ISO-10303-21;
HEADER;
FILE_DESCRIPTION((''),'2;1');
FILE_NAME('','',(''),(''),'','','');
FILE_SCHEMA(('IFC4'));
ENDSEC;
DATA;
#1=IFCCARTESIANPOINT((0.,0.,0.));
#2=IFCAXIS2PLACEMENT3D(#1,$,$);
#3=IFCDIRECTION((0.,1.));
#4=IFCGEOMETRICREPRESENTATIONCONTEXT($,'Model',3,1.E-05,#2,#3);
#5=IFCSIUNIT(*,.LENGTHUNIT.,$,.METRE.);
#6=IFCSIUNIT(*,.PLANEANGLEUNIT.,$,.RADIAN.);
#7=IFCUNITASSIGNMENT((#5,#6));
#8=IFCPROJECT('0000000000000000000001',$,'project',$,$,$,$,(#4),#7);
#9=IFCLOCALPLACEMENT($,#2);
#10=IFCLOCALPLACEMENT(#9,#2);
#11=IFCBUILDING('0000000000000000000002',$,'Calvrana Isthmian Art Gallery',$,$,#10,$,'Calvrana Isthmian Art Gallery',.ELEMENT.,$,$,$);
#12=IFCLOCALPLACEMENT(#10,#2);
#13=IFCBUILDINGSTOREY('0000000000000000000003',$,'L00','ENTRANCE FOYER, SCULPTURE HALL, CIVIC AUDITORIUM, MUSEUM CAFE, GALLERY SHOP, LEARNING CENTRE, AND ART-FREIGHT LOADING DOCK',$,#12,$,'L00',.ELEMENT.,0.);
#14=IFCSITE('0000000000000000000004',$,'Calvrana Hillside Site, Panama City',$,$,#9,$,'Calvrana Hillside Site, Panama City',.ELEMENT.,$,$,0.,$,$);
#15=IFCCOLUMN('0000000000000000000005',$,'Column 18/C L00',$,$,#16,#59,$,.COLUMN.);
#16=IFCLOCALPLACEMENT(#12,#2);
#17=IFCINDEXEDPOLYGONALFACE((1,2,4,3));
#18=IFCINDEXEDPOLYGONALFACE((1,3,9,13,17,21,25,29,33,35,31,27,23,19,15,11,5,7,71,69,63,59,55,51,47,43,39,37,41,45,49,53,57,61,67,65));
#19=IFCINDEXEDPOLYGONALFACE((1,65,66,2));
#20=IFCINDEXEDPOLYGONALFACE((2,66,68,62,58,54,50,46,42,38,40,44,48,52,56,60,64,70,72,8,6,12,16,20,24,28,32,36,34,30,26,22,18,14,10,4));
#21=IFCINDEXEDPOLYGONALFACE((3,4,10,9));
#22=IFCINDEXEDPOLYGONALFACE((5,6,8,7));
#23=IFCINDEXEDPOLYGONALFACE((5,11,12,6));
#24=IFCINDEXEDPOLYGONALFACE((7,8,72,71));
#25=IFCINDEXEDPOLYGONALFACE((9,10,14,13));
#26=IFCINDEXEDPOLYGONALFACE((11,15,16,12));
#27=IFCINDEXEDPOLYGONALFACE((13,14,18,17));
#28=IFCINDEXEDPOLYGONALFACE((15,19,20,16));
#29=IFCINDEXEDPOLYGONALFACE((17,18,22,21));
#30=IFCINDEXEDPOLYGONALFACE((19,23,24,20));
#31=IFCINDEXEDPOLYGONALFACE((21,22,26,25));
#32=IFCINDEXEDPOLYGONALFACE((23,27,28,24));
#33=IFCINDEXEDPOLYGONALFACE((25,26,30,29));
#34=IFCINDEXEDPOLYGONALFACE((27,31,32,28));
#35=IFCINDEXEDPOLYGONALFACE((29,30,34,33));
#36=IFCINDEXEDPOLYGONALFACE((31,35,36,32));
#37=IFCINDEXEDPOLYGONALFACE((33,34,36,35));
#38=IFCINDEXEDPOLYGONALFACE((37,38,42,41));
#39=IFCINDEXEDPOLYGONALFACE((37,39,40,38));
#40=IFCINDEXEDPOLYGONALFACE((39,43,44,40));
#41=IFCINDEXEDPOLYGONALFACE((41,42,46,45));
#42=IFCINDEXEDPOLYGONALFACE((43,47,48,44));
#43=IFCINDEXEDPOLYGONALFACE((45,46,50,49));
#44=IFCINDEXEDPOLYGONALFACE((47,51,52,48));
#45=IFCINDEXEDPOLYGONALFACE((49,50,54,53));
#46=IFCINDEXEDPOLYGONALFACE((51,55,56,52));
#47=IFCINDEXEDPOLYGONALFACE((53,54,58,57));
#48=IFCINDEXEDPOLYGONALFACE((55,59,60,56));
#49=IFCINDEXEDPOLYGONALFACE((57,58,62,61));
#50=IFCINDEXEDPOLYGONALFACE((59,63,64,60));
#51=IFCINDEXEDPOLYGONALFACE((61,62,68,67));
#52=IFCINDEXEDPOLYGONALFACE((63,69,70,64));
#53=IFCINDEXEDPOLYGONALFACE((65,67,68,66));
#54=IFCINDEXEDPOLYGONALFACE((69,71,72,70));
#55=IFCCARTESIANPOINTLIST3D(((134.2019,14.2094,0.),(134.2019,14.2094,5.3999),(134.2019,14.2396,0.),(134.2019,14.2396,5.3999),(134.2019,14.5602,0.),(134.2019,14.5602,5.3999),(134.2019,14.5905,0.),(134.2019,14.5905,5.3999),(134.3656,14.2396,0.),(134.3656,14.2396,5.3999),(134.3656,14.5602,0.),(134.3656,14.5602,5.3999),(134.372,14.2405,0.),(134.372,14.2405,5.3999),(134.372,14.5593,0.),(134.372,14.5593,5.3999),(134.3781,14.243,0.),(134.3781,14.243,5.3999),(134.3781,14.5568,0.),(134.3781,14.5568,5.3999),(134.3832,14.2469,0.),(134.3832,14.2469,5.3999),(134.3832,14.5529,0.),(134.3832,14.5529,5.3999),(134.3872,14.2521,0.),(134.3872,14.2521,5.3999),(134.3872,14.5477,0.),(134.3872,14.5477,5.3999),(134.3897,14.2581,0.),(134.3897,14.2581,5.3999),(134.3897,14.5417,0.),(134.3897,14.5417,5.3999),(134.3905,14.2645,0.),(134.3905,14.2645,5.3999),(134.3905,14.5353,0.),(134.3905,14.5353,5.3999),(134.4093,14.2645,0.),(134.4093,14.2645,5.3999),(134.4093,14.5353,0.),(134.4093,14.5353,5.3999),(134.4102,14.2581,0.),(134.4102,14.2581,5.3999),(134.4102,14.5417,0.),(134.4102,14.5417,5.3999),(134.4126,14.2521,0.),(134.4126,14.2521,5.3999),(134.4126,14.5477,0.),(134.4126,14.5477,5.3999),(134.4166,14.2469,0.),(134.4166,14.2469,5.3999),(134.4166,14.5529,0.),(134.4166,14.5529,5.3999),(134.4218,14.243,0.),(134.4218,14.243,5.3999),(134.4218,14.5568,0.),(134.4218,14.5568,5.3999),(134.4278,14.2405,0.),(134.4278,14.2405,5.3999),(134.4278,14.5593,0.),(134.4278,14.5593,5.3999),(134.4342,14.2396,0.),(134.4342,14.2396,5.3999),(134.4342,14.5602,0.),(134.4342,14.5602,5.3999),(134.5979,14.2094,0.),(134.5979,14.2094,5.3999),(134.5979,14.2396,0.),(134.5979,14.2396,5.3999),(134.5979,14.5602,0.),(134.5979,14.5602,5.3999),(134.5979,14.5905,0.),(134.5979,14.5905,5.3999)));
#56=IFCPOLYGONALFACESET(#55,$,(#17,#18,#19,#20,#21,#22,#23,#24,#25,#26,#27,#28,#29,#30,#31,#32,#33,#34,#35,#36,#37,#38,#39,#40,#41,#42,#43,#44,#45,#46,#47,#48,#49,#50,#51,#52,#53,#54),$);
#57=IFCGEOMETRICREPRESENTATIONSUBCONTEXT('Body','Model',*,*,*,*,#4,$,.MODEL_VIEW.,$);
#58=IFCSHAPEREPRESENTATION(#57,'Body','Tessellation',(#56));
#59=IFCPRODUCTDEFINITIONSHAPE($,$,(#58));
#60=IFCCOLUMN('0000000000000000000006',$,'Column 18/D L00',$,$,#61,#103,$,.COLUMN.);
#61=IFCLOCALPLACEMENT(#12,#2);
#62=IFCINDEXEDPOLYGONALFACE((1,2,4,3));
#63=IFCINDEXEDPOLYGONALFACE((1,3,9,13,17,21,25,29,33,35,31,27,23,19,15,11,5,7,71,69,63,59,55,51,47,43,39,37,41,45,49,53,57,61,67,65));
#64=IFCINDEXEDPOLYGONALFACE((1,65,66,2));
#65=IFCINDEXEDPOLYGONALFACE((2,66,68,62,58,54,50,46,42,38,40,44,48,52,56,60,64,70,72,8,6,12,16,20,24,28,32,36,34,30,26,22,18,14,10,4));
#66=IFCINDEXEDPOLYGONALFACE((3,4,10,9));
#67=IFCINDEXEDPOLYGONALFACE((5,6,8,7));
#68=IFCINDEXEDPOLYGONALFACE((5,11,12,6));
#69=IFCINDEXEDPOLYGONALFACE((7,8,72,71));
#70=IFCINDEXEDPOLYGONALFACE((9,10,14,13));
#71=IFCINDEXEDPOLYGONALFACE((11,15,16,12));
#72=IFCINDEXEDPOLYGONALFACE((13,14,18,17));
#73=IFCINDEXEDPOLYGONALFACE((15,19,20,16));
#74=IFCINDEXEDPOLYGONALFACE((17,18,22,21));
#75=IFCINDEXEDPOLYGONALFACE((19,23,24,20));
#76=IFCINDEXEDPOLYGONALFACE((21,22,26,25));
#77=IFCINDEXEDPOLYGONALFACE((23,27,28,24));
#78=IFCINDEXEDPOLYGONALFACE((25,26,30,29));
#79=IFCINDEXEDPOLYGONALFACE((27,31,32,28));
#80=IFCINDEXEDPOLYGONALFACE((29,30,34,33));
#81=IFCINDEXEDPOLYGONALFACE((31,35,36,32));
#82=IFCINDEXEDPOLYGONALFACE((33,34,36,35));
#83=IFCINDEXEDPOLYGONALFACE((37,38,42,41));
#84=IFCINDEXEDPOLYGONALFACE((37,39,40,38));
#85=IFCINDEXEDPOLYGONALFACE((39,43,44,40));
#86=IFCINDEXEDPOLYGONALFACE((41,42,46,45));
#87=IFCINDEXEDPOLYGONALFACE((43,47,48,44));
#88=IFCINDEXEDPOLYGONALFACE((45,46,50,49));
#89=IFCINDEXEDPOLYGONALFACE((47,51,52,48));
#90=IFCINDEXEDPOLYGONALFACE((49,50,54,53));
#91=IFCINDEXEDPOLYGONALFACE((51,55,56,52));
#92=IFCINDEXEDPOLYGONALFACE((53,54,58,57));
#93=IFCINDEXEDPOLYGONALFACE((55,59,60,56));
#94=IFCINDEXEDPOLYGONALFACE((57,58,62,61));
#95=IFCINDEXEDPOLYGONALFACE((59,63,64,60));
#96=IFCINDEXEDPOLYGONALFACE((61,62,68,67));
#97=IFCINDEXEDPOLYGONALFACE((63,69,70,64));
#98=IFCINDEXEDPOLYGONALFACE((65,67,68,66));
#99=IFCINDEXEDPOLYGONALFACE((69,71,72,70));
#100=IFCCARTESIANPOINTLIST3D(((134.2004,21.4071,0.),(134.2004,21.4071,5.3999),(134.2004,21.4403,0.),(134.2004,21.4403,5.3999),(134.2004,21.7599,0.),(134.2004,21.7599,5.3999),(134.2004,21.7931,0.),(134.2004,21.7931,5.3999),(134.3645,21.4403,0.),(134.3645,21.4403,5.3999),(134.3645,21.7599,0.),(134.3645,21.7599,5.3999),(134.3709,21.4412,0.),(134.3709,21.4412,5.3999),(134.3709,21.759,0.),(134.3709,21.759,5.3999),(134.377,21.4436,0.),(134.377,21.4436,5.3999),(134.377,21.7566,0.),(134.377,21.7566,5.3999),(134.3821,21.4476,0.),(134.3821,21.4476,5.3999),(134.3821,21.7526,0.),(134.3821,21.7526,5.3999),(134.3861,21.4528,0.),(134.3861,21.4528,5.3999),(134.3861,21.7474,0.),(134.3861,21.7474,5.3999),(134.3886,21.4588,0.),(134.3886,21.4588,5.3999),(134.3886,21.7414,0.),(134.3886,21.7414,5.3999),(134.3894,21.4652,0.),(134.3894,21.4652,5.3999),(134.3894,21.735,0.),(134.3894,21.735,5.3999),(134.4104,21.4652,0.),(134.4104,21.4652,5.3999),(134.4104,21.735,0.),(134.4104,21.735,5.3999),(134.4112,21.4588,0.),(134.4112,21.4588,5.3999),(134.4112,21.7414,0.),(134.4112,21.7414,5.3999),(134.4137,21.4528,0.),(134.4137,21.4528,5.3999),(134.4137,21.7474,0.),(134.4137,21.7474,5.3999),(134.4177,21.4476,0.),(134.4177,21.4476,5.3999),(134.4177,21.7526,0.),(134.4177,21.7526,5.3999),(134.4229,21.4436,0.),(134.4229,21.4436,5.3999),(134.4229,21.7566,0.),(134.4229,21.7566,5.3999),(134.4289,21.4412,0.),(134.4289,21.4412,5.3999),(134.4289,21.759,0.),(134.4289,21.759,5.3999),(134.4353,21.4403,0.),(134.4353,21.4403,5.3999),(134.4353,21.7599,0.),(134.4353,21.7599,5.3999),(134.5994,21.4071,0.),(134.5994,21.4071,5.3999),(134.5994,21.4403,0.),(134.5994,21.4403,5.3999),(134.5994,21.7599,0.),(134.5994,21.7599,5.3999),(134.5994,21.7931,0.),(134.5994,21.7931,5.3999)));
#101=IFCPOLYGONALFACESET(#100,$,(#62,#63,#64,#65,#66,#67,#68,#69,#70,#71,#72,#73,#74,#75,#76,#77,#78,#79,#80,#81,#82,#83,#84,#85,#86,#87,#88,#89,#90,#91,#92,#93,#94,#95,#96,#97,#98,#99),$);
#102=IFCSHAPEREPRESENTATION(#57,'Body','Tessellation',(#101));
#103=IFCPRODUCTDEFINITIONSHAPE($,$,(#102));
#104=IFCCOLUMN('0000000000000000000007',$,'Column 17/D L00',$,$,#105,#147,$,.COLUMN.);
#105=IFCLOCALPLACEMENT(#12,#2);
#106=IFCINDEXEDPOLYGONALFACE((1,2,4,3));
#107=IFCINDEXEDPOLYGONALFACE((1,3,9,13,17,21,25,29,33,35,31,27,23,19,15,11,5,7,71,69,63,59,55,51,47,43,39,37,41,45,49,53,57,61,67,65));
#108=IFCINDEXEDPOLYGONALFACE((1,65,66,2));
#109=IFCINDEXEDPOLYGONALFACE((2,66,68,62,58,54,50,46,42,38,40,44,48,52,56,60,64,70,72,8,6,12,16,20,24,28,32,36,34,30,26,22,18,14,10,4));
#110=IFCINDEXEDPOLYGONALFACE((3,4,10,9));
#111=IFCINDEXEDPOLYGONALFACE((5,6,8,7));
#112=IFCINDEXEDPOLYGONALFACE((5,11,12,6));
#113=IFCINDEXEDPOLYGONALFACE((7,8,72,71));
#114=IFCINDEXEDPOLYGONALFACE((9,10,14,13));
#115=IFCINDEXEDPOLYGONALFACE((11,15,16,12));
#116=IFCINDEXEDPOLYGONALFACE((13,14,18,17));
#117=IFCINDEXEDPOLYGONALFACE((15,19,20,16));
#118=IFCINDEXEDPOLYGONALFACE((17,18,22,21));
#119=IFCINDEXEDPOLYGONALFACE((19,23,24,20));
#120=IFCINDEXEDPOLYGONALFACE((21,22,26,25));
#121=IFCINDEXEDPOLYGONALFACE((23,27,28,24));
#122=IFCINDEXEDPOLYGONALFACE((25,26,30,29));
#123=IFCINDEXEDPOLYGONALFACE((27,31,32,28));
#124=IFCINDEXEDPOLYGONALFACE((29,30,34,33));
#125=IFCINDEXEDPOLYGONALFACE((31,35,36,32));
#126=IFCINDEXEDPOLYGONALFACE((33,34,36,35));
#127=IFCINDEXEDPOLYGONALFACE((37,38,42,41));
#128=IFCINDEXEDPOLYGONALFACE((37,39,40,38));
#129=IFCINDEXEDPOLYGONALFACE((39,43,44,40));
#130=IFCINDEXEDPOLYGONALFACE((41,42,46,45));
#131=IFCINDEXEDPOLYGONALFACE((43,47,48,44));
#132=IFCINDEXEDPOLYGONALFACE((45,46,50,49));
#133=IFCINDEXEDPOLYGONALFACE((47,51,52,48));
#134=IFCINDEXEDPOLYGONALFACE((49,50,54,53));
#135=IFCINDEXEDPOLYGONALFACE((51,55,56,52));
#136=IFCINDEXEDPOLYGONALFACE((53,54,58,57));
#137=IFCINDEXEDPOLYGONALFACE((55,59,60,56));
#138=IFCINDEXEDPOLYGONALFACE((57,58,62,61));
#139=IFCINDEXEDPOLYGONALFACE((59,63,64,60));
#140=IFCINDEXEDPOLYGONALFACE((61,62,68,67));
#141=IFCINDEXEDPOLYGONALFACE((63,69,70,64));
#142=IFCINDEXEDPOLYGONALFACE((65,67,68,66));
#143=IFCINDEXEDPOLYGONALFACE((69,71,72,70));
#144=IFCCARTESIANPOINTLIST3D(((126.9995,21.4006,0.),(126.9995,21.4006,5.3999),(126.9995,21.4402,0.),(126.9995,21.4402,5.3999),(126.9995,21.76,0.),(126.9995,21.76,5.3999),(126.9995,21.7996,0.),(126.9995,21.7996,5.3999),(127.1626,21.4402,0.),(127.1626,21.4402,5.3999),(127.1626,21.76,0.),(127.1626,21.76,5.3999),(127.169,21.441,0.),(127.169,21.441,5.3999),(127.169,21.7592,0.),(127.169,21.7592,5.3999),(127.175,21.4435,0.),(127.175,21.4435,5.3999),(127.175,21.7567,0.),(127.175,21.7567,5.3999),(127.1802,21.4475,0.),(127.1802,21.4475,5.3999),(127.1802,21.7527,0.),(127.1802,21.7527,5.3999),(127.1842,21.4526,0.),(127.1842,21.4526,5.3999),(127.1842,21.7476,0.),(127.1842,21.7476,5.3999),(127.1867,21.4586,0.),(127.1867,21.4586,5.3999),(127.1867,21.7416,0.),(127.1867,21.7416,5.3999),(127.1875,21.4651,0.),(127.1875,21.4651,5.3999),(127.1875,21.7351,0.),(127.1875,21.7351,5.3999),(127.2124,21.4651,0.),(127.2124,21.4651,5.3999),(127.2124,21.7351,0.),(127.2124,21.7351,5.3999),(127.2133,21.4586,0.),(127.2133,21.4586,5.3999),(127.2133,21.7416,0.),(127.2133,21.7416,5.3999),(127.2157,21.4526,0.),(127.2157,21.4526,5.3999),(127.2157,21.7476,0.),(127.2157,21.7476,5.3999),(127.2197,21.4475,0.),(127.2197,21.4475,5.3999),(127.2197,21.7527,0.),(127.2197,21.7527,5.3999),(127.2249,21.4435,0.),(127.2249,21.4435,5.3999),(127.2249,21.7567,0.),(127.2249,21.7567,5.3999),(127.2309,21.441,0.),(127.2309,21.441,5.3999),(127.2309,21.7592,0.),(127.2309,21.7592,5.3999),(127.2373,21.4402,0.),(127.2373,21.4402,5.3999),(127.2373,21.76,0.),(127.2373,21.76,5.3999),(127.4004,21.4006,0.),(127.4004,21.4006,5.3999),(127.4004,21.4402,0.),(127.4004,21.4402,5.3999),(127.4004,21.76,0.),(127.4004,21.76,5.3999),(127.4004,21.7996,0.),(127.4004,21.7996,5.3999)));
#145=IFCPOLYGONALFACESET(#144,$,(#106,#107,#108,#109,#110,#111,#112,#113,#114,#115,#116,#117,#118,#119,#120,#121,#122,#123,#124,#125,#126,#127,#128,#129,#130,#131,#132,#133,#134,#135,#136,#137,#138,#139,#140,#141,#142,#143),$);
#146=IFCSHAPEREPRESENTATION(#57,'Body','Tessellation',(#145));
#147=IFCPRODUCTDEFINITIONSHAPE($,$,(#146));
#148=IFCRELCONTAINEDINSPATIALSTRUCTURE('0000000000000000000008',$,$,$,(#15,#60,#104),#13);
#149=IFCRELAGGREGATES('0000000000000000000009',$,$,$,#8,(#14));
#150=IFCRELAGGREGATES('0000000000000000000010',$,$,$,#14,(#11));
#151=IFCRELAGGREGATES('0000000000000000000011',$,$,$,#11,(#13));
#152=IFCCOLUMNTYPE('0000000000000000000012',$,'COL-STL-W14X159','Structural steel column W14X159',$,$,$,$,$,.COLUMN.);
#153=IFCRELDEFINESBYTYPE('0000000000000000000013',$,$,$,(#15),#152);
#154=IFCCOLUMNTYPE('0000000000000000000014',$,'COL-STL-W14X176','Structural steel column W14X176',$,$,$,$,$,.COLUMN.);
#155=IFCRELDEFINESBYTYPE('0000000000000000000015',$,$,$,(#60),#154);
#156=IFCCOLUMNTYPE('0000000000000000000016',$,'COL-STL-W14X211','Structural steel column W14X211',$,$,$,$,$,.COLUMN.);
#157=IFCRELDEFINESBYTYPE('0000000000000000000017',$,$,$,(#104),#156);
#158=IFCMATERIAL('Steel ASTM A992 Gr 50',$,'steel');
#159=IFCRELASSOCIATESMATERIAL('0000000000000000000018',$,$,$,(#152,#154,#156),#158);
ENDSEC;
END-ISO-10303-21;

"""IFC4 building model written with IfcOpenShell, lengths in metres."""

from ifc_helpers import new_model, si_unit, direction, frame, origin, origin_2d, place, context, subcontext, project, spatial, i_section, extrude, material, material_profile, profile_set, type_object, element, save


model = new_model("IFC4")

# Units and contexts
model_context = context("Model", 3, precision=1e-05, world=origin(), true_north=direction((0.0, 1.0)))
body_context = subcontext(model_context, "Body", "Model", "MODEL_VIEW")
ifc_project = project(units=[si_unit("LENGTHUNIT", "METRE"), si_unit("PLANEANGLEUNIT", "RADIAN")], contexts=[model_context])

# Site, building, storey
site_placement = place(None, origin())
site = spatial("IfcSite", under=ifc_project, at=site_placement, Name="Calvrana Hillside Site, Panama City", LongName="Calvrana Hillside Site, Panama City", CompositionType="ELEMENT", RefElevation=0.0)
building_placement = place(site_placement, origin())
building = spatial("IfcBuilding", under=site, at=building_placement, Name="Calvrana Isthmian Art Gallery", LongName="Calvrana Isthmian Art Gallery", CompositionType="ELEMENT")
storey_placement = place(building_placement, origin())
storey = spatial("IfcBuildingStorey", under=building, at=storey_placement, Name="L00", Description="ENTRANCE FOYER, SCULPTURE HALL, CIVIC AUDITORIUM, MUSEUM CAFE, GALLERY SHOP, LEARNING CENTRE, AND ART-FREIGHT LOADING DOCK", LongName="L00", CompositionType="ELEMENT", Elevation=0.0)

# Columns
ifc_material_1 = material(Name="Steel ASTM A992 Gr 50", Category="steel")
ifc_material_profile_1 = material_profile(ifc_material_1, i_section(OverallWidth=0.396, OverallDepth=0.3811, WebThickness=0.0188, FlangeThickness=0.0303, FilletRadius=0.0249, at=origin_2d()), Name="W14X159")
ifc_profile_set_1 = profile_set([ifc_material_profile_1], Name="Steel ASTM A992 Gr 50")
column_type_1 = type_object("IfcColumnType", Name="COL-STL-W14X159", Description="Structural steel column W14X159", PredefinedType="COLUMN", material=ifc_profile_set_1)
column_1_placement = place(storey_placement, frame((134.3999, 14.3999, 0.0), z_axis=(0.0, 0.0, 1.0), x_axis=(1.0, 0.0, 0.0)))
element("IfcColumn", 1, at=column_1_placement, inside=storey, type_object=column_type_1, Name="Column 18/C L00", PredefinedType="COLUMN", context=body_context, shape_type="SweptSolid", body=[
    extrude(i_section(OverallWidth=0.396, OverallDepth=0.3811, WebThickness=0.0188, FlangeThickness=0.0303, FilletRadius=0.0249, at=origin_2d()), origin(), (0.0, 0.0, 1.0), 5.3999),
])
ifc_material_profile_2 = material_profile(ifc_material_1, i_section(OverallWidth=0.3989, OverallDepth=0.386, WebThickness=0.021, FlangeThickness=0.0332, FilletRadius=0.0249, at=origin_2d()), Name="W14X176")
ifc_profile_set_2 = profile_set([ifc_material_profile_2], Name="Steel ASTM A992 Gr 50")
column_type_2 = type_object("IfcColumnType", Name="COL-STL-W14X176", Description="Structural steel column W14X176", PredefinedType="COLUMN", material=ifc_profile_set_2)
column_2_placement = place(storey_placement, frame((134.3999, 21.6001, 0.0), z_axis=(0.0, 0.0, 1.0), x_axis=(1.0, 0.0, 0.0)))
element("IfcColumn", 2, at=column_2_placement, inside=storey, type_object=column_type_2, Name="Column 18/D L00", PredefinedType="COLUMN", context=body_context, shape_type="SweptSolid", body=[
    extrude(i_section(OverallWidth=0.3989, OverallDepth=0.386, WebThickness=0.021, FlangeThickness=0.0332, FilletRadius=0.0249, at=origin_2d()), origin(), (0.0, 0.0, 1.0), 5.3999),
])
ifc_material_profile_3 = material_profile(ifc_material_1, i_section(OverallWidth=0.4009, OverallDepth=0.3989, WebThickness=0.0249, FlangeThickness=0.0396, FilletRadius=0.0249, at=origin_2d()), Name="W14X211")
ifc_profile_set_3 = profile_set([ifc_material_profile_3], Name="Steel ASTM A992 Gr 50")
column_type_3 = type_object("IfcColumnType", Name="COL-STL-W14X211", Description="Structural steel column W14X211", PredefinedType="COLUMN", material=ifc_profile_set_3)
column_3_placement = place(storey_placement, frame((127.2, 21.6001, 0.0), z_axis=(0.0, 0.0, 1.0), x_axis=(1.0, 0.0, 0.0)))
element("IfcColumn", 3, at=column_3_placement, inside=storey, type_object=column_type_3, Name="Column 17/D L00", PredefinedType="COLUMN", context=body_context, shape_type="SweptSolid", body=[
    extrude(i_section(OverallWidth=0.4009, OverallDepth=0.3989, WebThickness=0.0249, FlangeThickness=0.0396, FilletRadius=0.0249, at=origin_2d()), origin(), (0.0, 0.0, 1.0), 5.3999),
])

save(model, "model.ifc")
